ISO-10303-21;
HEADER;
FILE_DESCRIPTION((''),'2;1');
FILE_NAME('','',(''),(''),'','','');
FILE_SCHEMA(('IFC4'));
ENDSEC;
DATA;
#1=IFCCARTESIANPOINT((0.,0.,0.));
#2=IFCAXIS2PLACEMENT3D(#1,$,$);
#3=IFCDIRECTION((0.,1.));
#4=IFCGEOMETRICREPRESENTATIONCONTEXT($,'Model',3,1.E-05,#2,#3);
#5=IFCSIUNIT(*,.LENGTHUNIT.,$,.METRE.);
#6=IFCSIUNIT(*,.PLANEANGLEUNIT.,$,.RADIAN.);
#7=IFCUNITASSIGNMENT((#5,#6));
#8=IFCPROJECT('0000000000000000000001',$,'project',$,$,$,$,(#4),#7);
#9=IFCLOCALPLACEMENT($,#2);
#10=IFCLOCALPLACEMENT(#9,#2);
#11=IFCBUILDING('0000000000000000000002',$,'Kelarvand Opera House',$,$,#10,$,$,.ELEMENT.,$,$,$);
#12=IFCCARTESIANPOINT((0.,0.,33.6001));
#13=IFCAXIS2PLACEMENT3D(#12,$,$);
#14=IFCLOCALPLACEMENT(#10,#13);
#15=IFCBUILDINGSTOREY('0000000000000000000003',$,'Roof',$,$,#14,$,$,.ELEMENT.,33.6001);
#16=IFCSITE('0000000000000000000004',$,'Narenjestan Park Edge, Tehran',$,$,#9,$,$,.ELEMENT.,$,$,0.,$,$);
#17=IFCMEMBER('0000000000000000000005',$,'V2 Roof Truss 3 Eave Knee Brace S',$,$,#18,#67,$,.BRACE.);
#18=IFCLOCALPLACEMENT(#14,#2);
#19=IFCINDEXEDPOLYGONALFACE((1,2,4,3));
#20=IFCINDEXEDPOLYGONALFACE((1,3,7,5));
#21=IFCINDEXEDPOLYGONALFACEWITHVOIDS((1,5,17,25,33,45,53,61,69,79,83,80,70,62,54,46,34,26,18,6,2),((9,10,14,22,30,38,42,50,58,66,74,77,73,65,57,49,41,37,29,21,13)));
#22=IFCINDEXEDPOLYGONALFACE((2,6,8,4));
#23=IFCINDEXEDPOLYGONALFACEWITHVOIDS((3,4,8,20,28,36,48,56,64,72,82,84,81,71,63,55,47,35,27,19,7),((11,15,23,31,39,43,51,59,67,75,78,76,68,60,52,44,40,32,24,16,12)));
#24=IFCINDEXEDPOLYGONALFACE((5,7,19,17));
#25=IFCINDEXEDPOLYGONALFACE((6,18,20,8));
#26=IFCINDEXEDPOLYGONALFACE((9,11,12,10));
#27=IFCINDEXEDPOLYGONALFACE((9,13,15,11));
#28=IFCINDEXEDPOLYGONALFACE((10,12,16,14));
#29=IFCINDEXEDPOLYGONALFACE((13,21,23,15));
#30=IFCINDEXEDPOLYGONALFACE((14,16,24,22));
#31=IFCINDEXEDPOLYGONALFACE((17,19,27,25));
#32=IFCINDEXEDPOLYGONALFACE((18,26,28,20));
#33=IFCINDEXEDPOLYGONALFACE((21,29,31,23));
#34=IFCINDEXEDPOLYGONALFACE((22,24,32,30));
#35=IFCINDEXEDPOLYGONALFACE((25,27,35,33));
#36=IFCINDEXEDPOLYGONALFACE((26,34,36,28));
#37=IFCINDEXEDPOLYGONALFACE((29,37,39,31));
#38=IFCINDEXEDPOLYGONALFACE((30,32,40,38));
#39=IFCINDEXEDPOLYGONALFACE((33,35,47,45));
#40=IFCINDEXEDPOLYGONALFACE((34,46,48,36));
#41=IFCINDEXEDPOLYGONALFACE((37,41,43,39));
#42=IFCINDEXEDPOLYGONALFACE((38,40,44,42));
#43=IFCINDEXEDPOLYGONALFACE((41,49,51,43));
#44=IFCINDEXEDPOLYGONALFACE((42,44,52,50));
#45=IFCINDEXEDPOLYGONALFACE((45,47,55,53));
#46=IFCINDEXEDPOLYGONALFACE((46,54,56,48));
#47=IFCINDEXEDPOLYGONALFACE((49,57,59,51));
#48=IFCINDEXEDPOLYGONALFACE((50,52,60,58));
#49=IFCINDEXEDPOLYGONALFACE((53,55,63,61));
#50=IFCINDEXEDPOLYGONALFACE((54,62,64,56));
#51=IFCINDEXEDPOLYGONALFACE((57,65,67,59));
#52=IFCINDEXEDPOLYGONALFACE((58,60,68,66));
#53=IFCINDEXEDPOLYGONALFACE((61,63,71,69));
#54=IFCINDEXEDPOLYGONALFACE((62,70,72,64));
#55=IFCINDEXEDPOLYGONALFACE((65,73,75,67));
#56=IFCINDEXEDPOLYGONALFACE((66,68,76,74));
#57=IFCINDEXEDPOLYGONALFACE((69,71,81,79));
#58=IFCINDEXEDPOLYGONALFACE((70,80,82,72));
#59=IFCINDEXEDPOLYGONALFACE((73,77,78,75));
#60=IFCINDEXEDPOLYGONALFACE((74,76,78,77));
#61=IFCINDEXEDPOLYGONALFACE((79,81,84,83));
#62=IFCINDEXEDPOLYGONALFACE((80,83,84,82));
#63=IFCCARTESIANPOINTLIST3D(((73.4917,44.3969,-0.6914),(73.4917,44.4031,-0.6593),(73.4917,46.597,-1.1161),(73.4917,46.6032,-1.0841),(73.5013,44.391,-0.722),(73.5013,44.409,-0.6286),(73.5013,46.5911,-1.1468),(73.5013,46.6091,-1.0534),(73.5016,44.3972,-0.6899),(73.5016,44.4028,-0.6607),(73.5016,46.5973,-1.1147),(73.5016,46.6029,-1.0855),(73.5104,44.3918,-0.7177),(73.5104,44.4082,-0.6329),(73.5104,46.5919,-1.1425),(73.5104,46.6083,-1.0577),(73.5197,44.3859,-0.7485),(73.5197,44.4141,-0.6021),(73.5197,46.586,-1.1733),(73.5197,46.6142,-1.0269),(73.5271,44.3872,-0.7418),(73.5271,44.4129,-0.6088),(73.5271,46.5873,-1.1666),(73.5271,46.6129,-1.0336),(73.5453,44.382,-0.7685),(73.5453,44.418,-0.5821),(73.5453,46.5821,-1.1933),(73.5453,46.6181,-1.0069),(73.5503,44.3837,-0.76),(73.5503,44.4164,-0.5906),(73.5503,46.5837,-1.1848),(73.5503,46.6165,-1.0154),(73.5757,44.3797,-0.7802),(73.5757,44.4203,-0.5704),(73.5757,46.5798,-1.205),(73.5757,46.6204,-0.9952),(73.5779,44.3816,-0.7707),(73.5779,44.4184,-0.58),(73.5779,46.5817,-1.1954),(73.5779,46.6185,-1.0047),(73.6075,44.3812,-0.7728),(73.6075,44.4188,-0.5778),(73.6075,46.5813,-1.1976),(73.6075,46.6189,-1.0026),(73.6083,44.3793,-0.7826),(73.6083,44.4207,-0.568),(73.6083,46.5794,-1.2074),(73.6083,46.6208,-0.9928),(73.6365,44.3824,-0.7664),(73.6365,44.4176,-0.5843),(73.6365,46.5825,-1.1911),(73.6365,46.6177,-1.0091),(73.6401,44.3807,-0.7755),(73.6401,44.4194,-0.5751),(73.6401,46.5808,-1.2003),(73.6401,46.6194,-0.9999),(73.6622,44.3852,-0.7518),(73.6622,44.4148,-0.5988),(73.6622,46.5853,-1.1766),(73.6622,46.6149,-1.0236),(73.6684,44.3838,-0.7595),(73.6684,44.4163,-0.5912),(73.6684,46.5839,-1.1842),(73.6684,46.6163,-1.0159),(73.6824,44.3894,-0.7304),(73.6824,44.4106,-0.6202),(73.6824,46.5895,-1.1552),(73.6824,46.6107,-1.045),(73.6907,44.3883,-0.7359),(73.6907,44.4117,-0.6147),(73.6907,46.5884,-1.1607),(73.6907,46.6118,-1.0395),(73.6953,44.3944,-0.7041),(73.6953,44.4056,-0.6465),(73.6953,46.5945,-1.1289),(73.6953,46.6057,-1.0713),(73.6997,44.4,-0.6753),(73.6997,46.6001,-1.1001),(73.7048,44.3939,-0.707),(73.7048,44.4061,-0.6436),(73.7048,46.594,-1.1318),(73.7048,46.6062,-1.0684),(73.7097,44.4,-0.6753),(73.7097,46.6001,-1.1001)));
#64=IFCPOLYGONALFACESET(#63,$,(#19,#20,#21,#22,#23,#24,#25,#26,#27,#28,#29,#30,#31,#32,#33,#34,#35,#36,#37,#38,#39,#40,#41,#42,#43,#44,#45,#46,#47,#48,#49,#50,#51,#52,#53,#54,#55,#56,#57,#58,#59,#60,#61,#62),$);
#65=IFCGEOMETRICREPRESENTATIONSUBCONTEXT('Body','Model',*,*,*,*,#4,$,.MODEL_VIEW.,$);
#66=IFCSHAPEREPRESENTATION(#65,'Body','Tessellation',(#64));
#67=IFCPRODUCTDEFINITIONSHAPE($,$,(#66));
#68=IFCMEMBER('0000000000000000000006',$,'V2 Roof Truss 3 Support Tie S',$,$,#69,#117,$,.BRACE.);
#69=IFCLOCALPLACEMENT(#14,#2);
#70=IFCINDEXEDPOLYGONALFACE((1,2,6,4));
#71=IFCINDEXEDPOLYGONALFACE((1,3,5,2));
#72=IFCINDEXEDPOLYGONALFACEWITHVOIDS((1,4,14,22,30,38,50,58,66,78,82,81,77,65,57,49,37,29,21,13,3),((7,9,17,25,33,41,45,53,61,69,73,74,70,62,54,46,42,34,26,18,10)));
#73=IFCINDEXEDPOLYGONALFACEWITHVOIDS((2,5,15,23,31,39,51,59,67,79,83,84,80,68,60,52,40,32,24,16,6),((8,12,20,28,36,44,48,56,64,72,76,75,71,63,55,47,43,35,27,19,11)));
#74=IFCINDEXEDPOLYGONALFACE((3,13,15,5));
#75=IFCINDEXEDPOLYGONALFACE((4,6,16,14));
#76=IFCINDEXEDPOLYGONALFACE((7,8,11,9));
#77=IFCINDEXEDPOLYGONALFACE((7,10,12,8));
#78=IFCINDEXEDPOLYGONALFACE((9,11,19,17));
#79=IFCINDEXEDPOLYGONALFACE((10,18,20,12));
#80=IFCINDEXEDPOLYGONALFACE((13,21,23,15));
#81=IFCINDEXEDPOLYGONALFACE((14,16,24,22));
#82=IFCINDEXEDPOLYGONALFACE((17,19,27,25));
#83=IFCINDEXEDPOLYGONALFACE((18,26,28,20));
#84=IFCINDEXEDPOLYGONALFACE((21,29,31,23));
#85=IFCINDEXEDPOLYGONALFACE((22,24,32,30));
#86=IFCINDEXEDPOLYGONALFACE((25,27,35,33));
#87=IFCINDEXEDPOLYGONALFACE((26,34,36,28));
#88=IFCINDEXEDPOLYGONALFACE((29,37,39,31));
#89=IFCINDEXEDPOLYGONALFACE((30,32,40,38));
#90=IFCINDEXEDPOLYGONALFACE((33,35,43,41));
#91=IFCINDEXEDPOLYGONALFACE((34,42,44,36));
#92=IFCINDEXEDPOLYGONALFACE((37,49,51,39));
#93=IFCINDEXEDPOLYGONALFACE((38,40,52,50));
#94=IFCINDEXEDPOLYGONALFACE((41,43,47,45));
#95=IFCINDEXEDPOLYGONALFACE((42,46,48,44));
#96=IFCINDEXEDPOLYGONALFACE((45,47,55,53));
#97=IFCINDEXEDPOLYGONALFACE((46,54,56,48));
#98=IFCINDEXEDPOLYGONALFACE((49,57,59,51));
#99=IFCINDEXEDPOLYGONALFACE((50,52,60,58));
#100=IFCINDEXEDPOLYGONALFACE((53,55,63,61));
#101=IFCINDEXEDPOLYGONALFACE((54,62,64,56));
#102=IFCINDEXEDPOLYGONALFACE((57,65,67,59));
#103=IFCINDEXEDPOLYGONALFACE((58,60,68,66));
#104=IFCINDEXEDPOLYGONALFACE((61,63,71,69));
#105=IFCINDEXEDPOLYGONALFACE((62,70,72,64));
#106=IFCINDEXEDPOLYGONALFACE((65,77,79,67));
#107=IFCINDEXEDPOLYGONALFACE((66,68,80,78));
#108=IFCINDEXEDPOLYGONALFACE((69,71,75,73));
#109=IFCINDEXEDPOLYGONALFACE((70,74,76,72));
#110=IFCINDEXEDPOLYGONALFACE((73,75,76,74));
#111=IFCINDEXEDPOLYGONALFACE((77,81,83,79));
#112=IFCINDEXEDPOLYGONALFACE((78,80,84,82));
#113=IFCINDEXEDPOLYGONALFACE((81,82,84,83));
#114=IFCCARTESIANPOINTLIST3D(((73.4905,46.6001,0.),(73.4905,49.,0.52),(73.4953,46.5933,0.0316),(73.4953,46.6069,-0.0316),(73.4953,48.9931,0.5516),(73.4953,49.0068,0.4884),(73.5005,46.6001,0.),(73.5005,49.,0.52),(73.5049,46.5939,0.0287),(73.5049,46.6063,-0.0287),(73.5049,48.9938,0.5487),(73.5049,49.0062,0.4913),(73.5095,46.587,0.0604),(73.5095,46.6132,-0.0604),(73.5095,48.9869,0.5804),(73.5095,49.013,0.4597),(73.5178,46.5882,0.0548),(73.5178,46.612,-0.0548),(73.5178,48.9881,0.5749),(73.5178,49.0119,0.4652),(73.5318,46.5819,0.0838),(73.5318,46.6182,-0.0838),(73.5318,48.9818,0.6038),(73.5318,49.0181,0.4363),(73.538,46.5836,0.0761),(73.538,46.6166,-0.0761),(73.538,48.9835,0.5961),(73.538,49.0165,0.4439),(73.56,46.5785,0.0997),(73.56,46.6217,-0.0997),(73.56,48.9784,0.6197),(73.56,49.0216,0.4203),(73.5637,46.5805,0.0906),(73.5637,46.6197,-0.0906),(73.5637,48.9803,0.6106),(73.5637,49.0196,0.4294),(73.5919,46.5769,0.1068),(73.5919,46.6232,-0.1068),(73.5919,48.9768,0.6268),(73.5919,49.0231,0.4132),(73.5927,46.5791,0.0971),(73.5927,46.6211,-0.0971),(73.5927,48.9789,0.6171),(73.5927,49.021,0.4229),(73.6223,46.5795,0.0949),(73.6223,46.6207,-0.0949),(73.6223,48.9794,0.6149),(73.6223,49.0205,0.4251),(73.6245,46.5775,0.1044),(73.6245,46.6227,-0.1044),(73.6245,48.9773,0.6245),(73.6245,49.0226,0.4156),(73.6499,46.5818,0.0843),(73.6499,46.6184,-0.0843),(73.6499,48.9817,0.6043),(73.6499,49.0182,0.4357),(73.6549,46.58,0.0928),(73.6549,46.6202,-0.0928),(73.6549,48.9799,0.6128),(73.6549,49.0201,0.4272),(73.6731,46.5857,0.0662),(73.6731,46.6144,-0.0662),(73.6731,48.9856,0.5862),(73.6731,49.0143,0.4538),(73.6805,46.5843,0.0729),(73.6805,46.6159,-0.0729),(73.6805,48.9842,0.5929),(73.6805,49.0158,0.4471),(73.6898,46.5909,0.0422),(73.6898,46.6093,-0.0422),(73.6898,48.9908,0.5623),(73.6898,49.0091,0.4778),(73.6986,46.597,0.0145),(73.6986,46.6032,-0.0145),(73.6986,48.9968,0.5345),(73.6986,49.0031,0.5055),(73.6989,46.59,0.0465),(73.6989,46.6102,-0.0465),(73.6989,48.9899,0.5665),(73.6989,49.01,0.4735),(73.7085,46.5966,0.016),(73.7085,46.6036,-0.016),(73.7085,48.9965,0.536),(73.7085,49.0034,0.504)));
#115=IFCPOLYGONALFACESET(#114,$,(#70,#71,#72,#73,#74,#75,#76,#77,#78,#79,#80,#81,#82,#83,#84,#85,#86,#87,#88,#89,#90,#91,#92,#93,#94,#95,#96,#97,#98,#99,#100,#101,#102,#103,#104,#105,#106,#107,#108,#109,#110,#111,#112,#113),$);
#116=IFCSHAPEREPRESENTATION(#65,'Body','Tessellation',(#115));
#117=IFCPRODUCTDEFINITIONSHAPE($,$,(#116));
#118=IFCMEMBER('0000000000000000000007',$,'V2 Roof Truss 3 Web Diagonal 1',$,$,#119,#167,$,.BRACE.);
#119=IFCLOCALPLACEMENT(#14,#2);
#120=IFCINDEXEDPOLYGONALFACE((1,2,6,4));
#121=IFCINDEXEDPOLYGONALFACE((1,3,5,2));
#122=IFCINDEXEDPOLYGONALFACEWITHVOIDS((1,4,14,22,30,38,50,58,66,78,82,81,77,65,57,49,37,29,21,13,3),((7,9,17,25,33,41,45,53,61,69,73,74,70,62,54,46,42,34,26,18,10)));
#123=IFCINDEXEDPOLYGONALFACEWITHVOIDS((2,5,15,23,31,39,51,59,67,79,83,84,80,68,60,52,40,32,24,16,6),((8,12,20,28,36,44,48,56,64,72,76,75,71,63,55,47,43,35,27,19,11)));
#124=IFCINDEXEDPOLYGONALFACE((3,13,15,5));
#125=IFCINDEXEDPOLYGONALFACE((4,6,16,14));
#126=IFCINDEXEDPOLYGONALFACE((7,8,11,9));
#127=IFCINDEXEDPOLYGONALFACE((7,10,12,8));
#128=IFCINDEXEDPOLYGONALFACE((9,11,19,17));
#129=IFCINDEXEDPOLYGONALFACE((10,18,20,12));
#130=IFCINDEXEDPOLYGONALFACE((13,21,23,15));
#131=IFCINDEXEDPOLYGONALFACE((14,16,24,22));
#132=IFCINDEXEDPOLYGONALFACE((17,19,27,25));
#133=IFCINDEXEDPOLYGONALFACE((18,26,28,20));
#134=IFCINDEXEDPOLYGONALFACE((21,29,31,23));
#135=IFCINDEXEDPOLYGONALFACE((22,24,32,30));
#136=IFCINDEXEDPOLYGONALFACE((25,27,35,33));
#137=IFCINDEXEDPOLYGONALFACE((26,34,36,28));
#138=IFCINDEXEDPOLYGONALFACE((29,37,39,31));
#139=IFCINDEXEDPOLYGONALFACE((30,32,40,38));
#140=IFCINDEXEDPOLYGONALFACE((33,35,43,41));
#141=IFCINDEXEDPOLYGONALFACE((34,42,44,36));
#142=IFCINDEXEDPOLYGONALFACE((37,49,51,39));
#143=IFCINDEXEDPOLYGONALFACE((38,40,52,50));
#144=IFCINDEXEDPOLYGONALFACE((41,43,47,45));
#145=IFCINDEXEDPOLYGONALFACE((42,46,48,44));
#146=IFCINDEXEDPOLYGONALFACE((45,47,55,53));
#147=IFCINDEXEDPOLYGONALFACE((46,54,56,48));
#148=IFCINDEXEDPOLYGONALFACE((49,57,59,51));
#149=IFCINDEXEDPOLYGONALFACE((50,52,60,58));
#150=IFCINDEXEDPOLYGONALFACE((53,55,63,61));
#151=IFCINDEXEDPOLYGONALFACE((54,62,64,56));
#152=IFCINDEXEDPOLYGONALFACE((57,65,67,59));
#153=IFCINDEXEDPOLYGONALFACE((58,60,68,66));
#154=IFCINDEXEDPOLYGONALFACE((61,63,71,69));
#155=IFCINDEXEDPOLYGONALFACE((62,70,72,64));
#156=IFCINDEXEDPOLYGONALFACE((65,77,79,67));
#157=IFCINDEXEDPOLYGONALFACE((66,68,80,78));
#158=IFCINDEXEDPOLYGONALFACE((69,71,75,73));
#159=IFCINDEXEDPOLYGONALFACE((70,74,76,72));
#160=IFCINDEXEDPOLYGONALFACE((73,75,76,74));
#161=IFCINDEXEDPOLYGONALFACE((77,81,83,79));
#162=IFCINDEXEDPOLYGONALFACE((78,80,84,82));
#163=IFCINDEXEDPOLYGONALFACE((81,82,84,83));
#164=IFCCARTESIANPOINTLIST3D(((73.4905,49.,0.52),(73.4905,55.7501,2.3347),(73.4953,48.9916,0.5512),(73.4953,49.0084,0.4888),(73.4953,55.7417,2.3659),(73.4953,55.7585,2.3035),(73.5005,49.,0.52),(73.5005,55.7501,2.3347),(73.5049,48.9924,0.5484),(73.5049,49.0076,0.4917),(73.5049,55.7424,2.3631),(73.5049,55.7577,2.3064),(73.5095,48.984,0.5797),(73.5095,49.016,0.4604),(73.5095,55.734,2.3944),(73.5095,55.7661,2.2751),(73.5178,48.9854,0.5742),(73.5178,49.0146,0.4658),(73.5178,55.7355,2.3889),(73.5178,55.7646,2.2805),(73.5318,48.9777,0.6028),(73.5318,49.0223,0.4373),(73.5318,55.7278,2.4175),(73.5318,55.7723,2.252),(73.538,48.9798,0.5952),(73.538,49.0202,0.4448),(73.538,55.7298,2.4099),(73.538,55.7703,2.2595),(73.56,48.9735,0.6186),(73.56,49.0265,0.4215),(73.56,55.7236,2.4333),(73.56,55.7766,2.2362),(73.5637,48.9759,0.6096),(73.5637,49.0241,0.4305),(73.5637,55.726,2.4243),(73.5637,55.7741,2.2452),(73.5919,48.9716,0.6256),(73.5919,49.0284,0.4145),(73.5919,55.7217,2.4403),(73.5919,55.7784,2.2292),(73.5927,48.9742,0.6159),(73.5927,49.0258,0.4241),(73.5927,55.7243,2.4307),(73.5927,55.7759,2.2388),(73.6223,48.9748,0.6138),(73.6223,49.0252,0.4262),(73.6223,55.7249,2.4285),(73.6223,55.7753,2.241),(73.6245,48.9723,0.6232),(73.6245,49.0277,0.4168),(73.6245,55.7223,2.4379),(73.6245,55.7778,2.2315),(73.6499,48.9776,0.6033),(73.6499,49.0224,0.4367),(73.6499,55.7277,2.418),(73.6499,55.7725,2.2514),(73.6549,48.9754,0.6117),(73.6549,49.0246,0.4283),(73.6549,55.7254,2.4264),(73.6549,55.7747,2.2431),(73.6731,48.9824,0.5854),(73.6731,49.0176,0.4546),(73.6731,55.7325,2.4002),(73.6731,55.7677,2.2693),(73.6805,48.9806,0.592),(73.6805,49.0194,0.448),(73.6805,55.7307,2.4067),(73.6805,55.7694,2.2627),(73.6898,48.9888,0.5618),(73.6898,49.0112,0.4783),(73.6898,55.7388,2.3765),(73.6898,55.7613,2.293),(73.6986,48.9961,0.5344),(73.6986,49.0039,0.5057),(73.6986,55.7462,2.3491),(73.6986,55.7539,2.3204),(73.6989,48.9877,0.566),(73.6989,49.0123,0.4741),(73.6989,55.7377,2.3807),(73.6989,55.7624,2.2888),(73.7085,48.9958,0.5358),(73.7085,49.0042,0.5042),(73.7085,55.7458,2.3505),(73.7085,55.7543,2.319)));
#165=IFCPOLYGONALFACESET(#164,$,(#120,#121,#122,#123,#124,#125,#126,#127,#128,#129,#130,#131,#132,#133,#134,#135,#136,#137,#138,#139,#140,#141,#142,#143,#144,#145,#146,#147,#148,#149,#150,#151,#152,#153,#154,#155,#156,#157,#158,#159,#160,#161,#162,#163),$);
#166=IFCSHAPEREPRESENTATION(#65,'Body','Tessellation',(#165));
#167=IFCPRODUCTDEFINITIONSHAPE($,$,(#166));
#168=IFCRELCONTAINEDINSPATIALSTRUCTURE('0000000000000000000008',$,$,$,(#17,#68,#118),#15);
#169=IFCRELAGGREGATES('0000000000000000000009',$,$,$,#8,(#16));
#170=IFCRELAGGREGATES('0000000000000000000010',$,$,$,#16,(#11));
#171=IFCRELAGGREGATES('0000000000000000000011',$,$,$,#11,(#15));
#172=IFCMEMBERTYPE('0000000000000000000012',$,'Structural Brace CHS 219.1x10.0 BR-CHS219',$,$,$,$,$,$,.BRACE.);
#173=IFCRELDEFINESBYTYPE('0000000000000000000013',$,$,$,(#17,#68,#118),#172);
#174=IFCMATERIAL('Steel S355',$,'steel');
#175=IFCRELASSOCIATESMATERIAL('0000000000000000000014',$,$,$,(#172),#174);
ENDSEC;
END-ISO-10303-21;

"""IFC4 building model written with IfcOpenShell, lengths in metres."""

from ifc_helpers import new_model, si_unit, direction, frame, origin, origin_2d, place, context, subcontext, project, spatial, hollow_circle, extrude, material, material_profile, profile_set, type_object, element, save


model = new_model("IFC4")

# Units and contexts
model_context = context("Model", 3, precision=1e-05, world=origin(), true_north=direction((0.0, 1.0)))
body_context = subcontext(model_context, "Body", "Model", "MODEL_VIEW")
ifc_project = project(units=[si_unit("LENGTHUNIT", "METRE"), si_unit("PLANEANGLEUNIT", "RADIAN")], contexts=[model_context])

# Site, building, storey
site_placement = place(None, origin())
site = spatial("IfcSite", under=ifc_project, at=site_placement, Name="Narenjestan Park Edge, Tehran", CompositionType="ELEMENT", RefElevation=0.0)
building_placement = place(site_placement, origin())
building = spatial("IfcBuilding", under=site, at=building_placement, Name="Kelarvand Opera House", CompositionType="ELEMENT")
storey_placement = place(building_placement, frame((0.0, 0.0, 33.6001)))
storey = spatial("IfcBuildingStorey", under=building, at=storey_placement, Name="Roof", CompositionType="ELEMENT", Elevation=33.6001)

# Members
ifc_material = material(Name="Steel S355", Category="steel")
ifc_material_profile_1 = material_profile(ifc_material, hollow_circle(Radius=0.1096, WallThickness=0.01, at=origin_2d()), Name="CHS 219.1x10.0", Category="steel")
ifc_profile_set_1 = profile_set([ifc_material_profile_1], Name="Steel S355")
member_type_1 = type_object("IfcMemberType", Name="Structural Brace CHS 219.1x10.0 BR-CHS219", PredefinedType="BRACE", material=ifc_profile_set_1)
member_1_placement = place(storey_placement, frame((73.6001, 46.6001, -1.1001), z_axis=(0.0, -0.981866, 0.189575), x_axis=(1.0, 0.0, 0.0)))
element("IfcMember", 1, at=member_1_placement, inside=storey, type_object=member_type_1, Name="V2 Roof Truss 3 Eave Knee Brace S", PredefinedType="BRACE", context=body_context, shape_type="SweptSolid", body=[
    extrude(hollow_circle(Radius=0.1096, WallThickness=0.01, at=origin_2d()), origin(), (0.0, 0.0, 1.0), 2.2407),
])
member_2_placement = place(storey_placement, frame((73.6001, 46.6001, 0.0), z_axis=(0.0, 0.97732, 0.211769), x_axis=(-1.0, 0.0, 0.0)))
element("IfcMember", 2, at=member_2_placement, inside=storey, type_object=member_type_1, Name="V2 Roof Truss 3 Support Tie S", PredefinedType="BRACE", context=body_context, shape_type="SweptSolid", body=[
    extrude(hollow_circle(Radius=0.1096, WallThickness=0.01, at=origin_2d()), origin(), (0.0, 0.0, 1.0), 2.4556),
])
for number, where, z_axis, x_axis, name in (
    (3, (73.6001, 49.0, 0.52), (0.0, 0.965709, 0.259625), (-1.0, 0.0, 0.0), "V2 Roof Truss 3 Web Diagonal 1"),
):
    element("IfcMember", number, at=place(storey_placement, frame(where, z_axis=z_axis, x_axis=x_axis)), inside=storey, type_object=member_type_1, Name=name, PredefinedType="BRACE", context=body_context, shape_type="SweptSolid", body=[
        extrude(hollow_circle(Radius=0.1096, WallThickness=0.01, at=origin_2d()), origin(), (0.0, 0.0, 1.0), 6.9897),
    ])

save(model, "model.ifc")
